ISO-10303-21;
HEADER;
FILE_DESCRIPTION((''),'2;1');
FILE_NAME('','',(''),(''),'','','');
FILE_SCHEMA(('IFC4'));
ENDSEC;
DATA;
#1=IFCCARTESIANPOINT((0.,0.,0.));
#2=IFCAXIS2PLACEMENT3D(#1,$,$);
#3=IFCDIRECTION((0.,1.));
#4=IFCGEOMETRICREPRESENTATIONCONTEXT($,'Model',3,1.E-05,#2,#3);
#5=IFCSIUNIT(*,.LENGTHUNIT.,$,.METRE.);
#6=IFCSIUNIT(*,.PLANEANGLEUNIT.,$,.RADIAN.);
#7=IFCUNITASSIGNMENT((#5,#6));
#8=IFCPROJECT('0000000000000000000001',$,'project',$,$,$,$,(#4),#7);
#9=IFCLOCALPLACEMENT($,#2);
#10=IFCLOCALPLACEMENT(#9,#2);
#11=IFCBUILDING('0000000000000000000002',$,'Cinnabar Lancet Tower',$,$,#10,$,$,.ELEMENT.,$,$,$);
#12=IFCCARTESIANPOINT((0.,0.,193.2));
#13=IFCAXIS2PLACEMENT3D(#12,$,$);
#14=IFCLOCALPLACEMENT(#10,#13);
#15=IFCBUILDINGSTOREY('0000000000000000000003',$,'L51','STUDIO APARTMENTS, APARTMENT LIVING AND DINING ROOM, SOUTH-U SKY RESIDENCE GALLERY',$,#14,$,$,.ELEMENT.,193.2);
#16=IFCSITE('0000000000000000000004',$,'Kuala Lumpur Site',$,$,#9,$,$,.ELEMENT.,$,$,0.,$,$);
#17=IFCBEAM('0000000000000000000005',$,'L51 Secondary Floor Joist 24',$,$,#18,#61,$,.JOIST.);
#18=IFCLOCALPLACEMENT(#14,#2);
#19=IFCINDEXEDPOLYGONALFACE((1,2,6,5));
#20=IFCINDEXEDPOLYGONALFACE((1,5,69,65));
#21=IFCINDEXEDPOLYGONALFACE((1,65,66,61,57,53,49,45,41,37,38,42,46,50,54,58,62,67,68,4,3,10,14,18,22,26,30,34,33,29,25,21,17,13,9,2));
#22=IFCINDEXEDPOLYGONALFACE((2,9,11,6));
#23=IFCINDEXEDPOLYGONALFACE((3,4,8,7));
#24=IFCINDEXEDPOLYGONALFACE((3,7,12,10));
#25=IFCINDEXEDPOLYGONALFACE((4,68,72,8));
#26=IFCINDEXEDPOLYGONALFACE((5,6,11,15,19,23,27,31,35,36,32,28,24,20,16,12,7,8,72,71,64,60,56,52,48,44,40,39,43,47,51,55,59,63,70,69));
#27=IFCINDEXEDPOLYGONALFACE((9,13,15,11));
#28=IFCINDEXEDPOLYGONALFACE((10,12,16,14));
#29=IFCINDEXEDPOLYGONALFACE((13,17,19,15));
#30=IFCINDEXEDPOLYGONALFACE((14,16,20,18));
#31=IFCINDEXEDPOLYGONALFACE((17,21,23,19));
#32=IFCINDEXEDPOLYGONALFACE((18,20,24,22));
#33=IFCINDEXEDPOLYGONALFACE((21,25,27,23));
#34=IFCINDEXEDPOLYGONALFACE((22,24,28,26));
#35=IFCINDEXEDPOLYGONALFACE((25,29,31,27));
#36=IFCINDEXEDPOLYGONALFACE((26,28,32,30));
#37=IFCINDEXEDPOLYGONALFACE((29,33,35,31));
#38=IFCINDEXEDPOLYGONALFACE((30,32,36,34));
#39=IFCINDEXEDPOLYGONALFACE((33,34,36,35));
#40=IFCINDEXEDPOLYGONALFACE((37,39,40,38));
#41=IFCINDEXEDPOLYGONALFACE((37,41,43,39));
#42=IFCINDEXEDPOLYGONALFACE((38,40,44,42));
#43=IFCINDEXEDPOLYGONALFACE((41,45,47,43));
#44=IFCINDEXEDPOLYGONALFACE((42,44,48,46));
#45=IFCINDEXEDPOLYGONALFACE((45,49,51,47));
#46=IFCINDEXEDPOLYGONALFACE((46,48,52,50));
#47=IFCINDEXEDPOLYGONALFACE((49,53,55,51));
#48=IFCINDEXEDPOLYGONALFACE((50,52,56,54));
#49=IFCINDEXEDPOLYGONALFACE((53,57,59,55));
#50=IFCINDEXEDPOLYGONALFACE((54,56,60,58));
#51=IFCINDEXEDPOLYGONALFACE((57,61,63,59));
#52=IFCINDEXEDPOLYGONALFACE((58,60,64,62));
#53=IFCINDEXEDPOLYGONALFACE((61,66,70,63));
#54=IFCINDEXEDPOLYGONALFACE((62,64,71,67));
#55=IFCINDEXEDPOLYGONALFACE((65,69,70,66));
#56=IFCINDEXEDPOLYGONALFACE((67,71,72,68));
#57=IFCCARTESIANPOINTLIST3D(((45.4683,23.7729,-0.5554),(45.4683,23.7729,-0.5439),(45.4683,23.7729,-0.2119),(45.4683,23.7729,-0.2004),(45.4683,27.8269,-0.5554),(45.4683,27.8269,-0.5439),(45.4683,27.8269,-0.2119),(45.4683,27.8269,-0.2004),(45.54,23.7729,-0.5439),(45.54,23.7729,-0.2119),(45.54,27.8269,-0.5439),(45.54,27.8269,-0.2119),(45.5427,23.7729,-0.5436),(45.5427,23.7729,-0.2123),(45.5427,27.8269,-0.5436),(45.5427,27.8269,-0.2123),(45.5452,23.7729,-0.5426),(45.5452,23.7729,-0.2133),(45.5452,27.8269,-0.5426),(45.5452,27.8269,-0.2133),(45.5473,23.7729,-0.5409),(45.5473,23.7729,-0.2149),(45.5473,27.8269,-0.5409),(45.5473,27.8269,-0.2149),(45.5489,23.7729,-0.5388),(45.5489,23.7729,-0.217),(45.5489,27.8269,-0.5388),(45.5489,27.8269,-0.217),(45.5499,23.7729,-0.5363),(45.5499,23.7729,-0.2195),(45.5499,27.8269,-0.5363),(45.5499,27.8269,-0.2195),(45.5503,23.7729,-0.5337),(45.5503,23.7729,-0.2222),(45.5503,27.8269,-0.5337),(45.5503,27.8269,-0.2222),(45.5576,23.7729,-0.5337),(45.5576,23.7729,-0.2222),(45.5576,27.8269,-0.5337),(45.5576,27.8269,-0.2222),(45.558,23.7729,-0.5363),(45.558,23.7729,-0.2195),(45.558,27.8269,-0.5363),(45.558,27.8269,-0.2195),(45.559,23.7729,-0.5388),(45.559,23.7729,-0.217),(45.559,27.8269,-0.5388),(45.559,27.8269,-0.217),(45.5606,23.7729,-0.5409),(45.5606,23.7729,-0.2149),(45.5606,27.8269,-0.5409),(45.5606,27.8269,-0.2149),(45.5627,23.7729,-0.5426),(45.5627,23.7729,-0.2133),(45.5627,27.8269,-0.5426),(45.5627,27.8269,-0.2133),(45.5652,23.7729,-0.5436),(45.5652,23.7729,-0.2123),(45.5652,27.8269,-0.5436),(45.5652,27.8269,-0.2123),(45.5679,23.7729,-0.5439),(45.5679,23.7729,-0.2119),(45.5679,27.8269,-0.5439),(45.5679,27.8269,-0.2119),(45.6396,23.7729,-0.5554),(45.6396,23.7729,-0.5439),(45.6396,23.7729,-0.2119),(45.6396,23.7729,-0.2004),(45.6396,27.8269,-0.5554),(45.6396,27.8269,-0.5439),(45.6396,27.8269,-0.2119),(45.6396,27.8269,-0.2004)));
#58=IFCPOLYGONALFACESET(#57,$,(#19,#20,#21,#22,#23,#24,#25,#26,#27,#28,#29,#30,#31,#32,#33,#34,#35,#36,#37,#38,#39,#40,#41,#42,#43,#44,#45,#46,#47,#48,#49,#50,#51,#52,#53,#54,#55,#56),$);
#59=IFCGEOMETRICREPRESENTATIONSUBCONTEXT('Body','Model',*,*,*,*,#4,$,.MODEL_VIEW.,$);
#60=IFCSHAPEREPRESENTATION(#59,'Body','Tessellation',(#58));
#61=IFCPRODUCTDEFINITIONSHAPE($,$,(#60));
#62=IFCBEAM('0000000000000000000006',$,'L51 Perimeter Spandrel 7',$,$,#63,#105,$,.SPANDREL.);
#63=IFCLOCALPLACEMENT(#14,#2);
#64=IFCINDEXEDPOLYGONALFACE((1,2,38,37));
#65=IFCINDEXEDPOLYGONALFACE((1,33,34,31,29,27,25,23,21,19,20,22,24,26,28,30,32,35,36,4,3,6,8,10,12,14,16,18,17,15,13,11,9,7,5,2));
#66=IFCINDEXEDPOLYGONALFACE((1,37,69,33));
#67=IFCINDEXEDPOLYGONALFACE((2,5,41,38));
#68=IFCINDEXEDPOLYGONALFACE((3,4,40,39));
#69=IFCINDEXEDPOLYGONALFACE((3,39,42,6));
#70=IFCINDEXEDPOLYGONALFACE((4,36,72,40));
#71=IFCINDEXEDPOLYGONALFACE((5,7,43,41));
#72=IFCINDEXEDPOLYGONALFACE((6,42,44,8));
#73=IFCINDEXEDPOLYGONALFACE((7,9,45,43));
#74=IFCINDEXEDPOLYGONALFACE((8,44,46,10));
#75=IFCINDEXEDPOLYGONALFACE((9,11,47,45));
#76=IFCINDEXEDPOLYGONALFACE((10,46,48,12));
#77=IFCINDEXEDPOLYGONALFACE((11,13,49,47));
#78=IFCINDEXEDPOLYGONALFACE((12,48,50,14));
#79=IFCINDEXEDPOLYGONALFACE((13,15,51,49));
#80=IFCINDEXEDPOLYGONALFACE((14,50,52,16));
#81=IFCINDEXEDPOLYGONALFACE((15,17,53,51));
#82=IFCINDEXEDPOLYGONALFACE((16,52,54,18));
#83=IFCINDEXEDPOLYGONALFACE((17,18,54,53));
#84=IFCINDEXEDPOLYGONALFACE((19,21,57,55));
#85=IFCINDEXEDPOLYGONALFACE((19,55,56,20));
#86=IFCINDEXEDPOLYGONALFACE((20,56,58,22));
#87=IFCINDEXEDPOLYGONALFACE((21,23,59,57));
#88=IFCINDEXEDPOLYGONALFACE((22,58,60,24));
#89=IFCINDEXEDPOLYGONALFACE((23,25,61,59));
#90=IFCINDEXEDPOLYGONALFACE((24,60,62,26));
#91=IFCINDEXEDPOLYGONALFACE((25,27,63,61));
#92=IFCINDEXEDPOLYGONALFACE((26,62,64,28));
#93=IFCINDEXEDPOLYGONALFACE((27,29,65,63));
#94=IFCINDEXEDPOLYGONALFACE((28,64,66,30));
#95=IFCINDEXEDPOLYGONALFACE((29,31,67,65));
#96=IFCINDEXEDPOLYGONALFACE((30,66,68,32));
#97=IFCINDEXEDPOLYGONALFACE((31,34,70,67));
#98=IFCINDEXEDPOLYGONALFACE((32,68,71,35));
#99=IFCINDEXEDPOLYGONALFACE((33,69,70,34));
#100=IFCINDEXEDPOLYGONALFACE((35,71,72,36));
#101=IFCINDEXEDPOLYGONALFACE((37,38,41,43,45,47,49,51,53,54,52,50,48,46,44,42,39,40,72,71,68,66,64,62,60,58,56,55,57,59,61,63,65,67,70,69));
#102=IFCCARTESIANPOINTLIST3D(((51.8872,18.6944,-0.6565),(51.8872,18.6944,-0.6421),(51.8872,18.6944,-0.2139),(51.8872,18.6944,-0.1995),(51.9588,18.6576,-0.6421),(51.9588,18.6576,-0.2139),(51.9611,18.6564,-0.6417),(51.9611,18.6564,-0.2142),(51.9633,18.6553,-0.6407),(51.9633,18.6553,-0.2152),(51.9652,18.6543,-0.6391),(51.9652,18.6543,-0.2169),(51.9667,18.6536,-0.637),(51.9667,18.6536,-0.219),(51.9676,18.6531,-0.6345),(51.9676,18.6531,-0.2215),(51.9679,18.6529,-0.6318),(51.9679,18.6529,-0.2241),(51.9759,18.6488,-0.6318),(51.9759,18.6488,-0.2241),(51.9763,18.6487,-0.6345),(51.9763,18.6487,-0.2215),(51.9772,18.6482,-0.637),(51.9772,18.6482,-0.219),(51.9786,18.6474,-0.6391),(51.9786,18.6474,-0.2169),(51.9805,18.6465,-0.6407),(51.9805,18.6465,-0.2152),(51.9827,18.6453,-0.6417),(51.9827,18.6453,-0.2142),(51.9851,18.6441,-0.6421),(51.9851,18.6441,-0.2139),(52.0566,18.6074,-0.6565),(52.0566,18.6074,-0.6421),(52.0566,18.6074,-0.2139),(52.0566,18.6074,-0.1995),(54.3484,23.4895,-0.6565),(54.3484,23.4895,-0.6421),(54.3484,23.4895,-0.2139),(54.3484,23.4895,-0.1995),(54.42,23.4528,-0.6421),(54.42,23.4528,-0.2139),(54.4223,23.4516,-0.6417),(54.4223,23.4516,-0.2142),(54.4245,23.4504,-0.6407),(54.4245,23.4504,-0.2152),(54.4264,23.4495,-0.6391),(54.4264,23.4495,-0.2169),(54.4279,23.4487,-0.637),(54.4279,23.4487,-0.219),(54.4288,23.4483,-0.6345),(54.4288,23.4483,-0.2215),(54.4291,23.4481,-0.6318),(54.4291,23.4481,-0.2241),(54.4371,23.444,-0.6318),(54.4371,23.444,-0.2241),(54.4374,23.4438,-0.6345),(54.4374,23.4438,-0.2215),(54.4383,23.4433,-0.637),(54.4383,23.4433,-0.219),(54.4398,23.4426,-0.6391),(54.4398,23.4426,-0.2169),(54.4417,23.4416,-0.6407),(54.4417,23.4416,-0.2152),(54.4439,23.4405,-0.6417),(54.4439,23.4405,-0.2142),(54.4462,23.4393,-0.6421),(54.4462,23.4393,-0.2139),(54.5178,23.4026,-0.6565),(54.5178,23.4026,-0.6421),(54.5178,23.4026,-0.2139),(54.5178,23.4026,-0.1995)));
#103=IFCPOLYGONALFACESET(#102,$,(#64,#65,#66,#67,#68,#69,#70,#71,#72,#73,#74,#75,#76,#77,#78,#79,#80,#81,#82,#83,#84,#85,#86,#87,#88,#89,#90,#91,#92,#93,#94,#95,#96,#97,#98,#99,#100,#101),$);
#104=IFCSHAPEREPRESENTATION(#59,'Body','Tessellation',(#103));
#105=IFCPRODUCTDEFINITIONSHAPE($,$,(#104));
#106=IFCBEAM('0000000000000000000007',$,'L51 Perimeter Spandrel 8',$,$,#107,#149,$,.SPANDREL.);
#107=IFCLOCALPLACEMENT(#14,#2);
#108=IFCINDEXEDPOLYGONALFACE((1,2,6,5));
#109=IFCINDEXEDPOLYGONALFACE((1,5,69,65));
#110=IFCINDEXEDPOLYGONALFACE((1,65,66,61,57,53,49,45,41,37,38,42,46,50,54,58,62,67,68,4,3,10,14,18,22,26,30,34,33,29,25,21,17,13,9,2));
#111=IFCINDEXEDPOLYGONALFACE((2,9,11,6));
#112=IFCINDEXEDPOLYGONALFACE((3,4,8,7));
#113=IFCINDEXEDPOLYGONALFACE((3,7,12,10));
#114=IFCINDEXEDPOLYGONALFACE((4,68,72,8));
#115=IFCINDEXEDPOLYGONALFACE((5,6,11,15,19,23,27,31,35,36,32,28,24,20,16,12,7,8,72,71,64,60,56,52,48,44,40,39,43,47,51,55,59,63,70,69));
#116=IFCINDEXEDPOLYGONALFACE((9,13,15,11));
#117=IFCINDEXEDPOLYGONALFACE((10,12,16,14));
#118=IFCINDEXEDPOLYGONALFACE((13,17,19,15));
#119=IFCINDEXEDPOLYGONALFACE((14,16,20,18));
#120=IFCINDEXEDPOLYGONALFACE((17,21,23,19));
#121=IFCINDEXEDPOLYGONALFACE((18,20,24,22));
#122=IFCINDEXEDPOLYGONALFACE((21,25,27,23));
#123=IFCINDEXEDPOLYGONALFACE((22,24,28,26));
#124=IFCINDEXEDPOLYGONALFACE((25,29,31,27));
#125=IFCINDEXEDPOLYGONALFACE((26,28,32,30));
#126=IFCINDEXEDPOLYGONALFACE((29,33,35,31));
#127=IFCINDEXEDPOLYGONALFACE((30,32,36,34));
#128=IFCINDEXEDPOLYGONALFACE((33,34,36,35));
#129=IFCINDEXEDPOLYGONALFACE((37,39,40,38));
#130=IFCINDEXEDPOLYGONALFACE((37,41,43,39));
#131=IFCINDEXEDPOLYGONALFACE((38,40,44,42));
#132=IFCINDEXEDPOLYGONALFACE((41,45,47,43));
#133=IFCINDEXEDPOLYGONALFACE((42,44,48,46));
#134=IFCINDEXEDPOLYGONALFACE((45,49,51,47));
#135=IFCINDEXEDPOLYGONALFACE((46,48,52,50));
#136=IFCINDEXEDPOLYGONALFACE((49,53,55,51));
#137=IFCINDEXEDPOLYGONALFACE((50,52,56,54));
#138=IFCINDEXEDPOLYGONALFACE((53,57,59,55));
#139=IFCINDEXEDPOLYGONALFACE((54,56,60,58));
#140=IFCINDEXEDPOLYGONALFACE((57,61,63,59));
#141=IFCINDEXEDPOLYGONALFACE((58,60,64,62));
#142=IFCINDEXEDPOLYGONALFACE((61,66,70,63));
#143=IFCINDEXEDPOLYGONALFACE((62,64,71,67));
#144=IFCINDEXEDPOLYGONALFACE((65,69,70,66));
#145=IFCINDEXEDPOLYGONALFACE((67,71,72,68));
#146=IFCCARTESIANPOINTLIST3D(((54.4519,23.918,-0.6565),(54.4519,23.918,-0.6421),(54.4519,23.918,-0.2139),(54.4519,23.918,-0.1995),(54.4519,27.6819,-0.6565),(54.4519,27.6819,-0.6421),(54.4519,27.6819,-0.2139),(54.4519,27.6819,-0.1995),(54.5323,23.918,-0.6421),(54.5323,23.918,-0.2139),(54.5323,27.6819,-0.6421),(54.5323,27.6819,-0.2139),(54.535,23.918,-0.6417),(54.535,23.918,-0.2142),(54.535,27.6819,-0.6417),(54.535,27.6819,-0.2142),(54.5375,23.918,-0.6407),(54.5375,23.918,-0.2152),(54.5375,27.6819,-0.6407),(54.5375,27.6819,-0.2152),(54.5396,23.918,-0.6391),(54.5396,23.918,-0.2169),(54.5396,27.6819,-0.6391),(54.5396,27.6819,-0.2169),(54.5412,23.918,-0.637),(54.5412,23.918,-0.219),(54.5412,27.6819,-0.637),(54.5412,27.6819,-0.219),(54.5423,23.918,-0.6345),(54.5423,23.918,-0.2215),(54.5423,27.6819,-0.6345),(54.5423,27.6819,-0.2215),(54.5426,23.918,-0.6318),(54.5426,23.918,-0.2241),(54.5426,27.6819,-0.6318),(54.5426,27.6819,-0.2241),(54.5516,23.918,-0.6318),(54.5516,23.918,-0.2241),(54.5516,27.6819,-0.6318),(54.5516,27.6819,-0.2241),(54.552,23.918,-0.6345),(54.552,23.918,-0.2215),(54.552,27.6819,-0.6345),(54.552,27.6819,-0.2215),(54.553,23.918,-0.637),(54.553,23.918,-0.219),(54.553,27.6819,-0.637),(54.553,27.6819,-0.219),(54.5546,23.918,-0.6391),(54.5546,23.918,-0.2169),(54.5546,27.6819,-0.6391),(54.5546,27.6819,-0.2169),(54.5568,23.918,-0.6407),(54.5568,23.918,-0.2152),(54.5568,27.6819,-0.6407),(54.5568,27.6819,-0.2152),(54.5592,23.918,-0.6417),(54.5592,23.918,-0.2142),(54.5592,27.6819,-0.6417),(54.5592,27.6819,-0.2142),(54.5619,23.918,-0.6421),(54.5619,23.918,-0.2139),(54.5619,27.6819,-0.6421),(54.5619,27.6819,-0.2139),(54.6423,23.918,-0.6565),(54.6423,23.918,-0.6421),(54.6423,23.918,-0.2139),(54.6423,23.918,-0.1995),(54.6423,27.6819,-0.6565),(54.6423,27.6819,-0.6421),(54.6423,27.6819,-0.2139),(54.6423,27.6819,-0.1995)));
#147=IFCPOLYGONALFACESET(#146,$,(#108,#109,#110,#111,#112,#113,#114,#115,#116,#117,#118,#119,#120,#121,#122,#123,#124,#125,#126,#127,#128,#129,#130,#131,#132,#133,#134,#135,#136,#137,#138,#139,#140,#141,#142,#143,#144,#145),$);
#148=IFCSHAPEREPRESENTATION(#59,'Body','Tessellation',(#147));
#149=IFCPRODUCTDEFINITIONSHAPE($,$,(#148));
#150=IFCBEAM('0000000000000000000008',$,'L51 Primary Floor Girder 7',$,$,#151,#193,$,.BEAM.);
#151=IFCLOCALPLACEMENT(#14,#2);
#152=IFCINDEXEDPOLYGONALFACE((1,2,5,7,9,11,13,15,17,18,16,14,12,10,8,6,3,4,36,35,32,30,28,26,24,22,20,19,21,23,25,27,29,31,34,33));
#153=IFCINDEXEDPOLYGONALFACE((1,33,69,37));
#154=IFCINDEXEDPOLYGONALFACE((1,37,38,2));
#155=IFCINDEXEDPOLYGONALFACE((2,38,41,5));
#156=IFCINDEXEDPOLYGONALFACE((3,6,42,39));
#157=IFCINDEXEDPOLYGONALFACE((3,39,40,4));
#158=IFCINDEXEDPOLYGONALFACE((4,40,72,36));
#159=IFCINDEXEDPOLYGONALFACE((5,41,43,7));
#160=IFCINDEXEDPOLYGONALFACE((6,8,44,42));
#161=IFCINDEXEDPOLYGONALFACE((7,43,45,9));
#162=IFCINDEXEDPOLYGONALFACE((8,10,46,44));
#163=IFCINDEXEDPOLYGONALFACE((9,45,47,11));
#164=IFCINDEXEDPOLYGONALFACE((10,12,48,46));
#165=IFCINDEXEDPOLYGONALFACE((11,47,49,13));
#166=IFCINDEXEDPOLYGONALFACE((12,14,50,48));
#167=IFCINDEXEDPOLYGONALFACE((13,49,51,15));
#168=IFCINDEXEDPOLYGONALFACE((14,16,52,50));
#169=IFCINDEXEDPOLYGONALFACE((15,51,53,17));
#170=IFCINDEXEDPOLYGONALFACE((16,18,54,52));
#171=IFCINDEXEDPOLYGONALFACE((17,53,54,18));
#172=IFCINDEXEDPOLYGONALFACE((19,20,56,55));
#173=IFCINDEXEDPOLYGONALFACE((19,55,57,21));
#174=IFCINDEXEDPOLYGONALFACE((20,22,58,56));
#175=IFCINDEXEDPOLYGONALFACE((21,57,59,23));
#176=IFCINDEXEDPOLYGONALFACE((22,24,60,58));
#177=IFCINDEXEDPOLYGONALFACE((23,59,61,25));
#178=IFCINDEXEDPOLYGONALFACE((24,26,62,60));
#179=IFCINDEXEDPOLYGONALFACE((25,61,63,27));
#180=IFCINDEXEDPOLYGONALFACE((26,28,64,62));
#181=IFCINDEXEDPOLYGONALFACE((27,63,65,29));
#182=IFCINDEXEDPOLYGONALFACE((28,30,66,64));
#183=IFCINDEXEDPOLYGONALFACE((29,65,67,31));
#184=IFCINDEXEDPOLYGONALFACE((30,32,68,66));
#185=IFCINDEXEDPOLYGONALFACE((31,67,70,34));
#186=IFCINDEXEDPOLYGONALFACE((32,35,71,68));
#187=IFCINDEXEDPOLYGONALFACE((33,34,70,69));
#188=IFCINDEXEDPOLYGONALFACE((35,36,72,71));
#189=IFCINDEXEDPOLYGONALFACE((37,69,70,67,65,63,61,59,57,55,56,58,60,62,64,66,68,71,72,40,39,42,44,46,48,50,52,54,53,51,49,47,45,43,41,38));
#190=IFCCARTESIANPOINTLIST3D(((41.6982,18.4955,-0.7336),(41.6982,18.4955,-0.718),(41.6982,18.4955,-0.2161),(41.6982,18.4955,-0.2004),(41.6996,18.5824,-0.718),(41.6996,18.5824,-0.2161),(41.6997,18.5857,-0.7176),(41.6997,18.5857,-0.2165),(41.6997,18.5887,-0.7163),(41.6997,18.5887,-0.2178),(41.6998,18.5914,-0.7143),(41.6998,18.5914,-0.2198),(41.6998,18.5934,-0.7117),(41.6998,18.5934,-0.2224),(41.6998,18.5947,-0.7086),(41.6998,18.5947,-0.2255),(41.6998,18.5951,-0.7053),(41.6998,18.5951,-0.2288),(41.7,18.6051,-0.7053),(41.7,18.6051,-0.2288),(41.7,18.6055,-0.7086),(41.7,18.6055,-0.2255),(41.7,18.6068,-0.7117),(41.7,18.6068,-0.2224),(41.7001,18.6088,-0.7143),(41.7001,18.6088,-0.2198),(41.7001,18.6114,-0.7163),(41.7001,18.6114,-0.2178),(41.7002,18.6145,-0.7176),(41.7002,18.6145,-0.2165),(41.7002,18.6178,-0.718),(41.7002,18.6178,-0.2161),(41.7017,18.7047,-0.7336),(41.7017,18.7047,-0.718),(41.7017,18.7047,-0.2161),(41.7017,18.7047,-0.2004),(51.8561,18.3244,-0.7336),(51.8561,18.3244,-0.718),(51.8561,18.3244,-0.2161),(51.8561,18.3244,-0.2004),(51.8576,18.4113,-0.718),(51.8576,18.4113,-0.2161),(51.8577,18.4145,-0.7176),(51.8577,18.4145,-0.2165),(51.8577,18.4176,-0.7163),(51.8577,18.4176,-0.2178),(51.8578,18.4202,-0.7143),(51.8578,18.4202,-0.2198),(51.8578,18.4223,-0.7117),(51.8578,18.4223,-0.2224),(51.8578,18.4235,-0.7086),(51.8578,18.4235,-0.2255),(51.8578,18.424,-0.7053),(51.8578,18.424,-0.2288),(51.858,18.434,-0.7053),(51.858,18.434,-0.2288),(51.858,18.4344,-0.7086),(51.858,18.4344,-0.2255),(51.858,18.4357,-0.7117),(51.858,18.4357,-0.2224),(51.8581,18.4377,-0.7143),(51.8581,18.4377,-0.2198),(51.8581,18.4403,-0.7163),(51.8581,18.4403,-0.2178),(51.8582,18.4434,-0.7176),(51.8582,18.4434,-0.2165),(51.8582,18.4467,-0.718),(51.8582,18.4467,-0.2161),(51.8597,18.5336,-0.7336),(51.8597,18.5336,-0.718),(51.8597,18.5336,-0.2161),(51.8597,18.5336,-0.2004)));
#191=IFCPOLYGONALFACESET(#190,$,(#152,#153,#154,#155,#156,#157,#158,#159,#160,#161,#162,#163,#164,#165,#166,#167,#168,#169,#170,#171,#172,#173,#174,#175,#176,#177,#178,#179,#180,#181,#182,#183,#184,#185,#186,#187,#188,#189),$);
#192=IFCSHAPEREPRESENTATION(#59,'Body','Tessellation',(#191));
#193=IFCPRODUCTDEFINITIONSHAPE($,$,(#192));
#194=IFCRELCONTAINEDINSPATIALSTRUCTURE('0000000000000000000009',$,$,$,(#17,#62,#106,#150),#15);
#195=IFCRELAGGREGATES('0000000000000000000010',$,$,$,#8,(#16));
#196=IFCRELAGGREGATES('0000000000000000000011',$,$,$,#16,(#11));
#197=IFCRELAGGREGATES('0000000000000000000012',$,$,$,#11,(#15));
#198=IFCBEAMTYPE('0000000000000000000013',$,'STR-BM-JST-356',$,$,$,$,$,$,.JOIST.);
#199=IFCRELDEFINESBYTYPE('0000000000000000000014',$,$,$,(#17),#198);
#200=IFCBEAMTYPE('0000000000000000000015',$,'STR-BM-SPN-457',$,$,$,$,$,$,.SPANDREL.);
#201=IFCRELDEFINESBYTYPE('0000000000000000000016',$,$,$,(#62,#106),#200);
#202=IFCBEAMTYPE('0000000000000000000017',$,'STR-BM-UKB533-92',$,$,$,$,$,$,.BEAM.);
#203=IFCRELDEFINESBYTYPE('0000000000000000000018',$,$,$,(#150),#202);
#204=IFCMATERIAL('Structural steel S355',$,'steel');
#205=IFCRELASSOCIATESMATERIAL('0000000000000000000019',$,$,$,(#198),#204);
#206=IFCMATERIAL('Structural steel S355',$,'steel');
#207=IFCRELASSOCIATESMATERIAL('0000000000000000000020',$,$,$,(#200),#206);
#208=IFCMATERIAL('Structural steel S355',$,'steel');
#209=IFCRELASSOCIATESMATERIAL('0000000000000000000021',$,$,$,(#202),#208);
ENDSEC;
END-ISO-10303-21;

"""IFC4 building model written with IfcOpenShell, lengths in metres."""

from ifc_helpers import new_model, si_unit, direction, frame, origin, origin_2d, place, context, subcontext, project, spatial, i_section, extrude, material, material_profile, profile_set, type_object, element, save


model = new_model("IFC4")

# Units and contexts
model_context = context("Model", 3, precision=1e-05, world=origin(), true_north=direction((0.0, 1.0)))
body_context = subcontext(model_context, "Body", "Model", "MODEL_VIEW")
ifc_project = project(units=[si_unit("LENGTHUNIT", "METRE"), si_unit("PLANEANGLEUNIT", "RADIAN")], contexts=[model_context])

# Site, building, storey
site_placement = place(None, origin())
site = spatial("IfcSite", under=ifc_project, at=site_placement, Name="Kuala Lumpur Site", CompositionType="ELEMENT", RefElevation=0.0)
building_placement = place(site_placement, origin())
building = spatial("IfcBuilding", under=site, at=building_placement, Name="Cinnabar Lancet Tower", CompositionType="ELEMENT")
storey_placement = place(building_placement, frame((0.0, 0.0, 193.2)))
storey = spatial("IfcBuildingStorey", under=building, at=storey_placement, Name="L51", Description="STUDIO APARTMENTS, APARTMENT LIVING AND DINING ROOM, SOUTH-U SKY RESIDENCE GALLERY", CompositionType="ELEMENT", Elevation=193.2)

# Beams
ifc_material_1 = material(Name="Structural steel S355", Category="steel")
ifc_material_profile_1 = material_profile(ifc_material_1, i_section(OverallWidth=0.1714, OverallDepth=0.355, WebThickness=0.0073, FlangeThickness=0.0115, FilletRadius=0.0103, at=origin_2d()), Name="UKB 356x171x51")
ifc_profile_set_1 = profile_set([ifc_material_profile_1], Name="Structural steel S355")
beam_type_1 = type_object("IfcBeamType", Name="STR-BM-JST-356", PredefinedType="JOIST", material=ifc_profile_set_1)
for number, where, z_axis, x_axis, name in (
    (1, (45.554, 23.7729, -0.3779), (0.0, 1.0, 0.0), (-1.0, 0.0, 0.0), "L51 Secondary Floor Joist 24"),
):
    element("IfcBeam", number, at=place(storey_placement, frame(where, z_axis=z_axis, x_axis=x_axis)), inside=storey, type_object=beam_type_1, Name=name, PredefinedType="JOIST", context=body_context, shape_type="SweptSolid", body=[
        extrude(i_section(OverallWidth=0.1714, OverallDepth=0.355, WebThickness=0.0073, FlangeThickness=0.0115, FilletRadius=0.0103, at=origin_2d()), origin(), (0.0, 0.0, 1.0), 4.054),
    ])
ifc_material_2 = material(Name="Structural steel S355", Category="steel")
ifc_material_profile_2 = material_profile(ifc_material_2, i_section(OverallWidth=0.1904, OverallDepth=0.457, WebThickness=0.009, FlangeThickness=0.0144, FilletRadius=0.0103, at=origin_2d()), Name="UKB 457x191x74")
ifc_profile_set_2 = profile_set([ifc_material_profile_2], Name="Structural steel S355")
beam_type_2 = type_object("IfcBeamType", Name="STR-BM-SPN-457", PredefinedType="SPANDREL", material=ifc_profile_set_2)
beam_1_placement = place(storey_placement, frame((51.9719, 18.6509, -0.428), z_axis=(0.456628, 0.889658, 0.0), x_axis=(-0.889658, 0.456628, 0.0)))
element("IfcBeam", 2, at=beam_1_placement, inside=storey, type_object=beam_type_2, Name="L51 Perimeter Spandrel 7", PredefinedType="SPANDREL", context=body_context, shape_type="SweptSolid", body=[
    extrude(i_section(OverallWidth=0.1904, OverallDepth=0.457, WebThickness=0.009, FlangeThickness=0.0144, FilletRadius=0.0103, at=origin_2d()), origin(), (0.0, 0.0, 1.0), 5.3899),
])
beam_2_placement = place(storey_placement, frame((54.5471, 23.918, -0.428), z_axis=(0.0, 1.0, 0.0), x_axis=(-1.0, 0.0, 0.0)))
element("IfcBeam", 3, at=beam_2_placement, inside=storey, type_object=beam_type_2, Name="L51 Perimeter Spandrel 8", PredefinedType="SPANDREL", context=body_context, shape_type="SweptSolid", body=[
    extrude(i_section(OverallWidth=0.1904, OverallDepth=0.457, WebThickness=0.009, FlangeThickness=0.0144, FilletRadius=0.0103, at=origin_2d()), origin(), (0.0, 0.0, 1.0), 3.7639),
])
ifc_material_3 = material(Name="Structural steel S355", Category="steel")
ifc_material_profile_3 = material_profile(ifc_material_3, i_section(OverallWidth=0.2092, OverallDepth=0.5332, WebThickness=0.01, FlangeThickness=0.0156, FilletRadius=0.0127, at=origin_2d()), Name="UKB 533x210x92")
ifc_profile_set_3 = profile_set([ifc_material_profile_3], Name="Structural steel S355")
beam_type_3 = type_object("IfcBeamType", Name="STR-BM-UKB533-92", PredefinedType="BEAM", material=ifc_profile_set_3)
beam_3_placement = place(storey_placement, frame((51.8579, 18.429, -0.467), z_axis=(-0.999858, 0.016846, 0.0), x_axis=(-0.016846, -0.999858, 0.0)))
element("IfcBeam", 4, at=beam_3_placement, inside=storey, type_object=beam_type_3, Name="L51 Primary Floor Girder 7", PredefinedType="BEAM", context=body_context, shape_type="SweptSolid", body=[
    extrude(i_section(OverallWidth=0.2092, OverallDepth=0.5332, WebThickness=0.01, FlangeThickness=0.0156, FilletRadius=0.0127, at=origin_2d()), origin(), (0.0, 0.0, 1.0), 10.1594),
])

save(model, "model.ifc")
